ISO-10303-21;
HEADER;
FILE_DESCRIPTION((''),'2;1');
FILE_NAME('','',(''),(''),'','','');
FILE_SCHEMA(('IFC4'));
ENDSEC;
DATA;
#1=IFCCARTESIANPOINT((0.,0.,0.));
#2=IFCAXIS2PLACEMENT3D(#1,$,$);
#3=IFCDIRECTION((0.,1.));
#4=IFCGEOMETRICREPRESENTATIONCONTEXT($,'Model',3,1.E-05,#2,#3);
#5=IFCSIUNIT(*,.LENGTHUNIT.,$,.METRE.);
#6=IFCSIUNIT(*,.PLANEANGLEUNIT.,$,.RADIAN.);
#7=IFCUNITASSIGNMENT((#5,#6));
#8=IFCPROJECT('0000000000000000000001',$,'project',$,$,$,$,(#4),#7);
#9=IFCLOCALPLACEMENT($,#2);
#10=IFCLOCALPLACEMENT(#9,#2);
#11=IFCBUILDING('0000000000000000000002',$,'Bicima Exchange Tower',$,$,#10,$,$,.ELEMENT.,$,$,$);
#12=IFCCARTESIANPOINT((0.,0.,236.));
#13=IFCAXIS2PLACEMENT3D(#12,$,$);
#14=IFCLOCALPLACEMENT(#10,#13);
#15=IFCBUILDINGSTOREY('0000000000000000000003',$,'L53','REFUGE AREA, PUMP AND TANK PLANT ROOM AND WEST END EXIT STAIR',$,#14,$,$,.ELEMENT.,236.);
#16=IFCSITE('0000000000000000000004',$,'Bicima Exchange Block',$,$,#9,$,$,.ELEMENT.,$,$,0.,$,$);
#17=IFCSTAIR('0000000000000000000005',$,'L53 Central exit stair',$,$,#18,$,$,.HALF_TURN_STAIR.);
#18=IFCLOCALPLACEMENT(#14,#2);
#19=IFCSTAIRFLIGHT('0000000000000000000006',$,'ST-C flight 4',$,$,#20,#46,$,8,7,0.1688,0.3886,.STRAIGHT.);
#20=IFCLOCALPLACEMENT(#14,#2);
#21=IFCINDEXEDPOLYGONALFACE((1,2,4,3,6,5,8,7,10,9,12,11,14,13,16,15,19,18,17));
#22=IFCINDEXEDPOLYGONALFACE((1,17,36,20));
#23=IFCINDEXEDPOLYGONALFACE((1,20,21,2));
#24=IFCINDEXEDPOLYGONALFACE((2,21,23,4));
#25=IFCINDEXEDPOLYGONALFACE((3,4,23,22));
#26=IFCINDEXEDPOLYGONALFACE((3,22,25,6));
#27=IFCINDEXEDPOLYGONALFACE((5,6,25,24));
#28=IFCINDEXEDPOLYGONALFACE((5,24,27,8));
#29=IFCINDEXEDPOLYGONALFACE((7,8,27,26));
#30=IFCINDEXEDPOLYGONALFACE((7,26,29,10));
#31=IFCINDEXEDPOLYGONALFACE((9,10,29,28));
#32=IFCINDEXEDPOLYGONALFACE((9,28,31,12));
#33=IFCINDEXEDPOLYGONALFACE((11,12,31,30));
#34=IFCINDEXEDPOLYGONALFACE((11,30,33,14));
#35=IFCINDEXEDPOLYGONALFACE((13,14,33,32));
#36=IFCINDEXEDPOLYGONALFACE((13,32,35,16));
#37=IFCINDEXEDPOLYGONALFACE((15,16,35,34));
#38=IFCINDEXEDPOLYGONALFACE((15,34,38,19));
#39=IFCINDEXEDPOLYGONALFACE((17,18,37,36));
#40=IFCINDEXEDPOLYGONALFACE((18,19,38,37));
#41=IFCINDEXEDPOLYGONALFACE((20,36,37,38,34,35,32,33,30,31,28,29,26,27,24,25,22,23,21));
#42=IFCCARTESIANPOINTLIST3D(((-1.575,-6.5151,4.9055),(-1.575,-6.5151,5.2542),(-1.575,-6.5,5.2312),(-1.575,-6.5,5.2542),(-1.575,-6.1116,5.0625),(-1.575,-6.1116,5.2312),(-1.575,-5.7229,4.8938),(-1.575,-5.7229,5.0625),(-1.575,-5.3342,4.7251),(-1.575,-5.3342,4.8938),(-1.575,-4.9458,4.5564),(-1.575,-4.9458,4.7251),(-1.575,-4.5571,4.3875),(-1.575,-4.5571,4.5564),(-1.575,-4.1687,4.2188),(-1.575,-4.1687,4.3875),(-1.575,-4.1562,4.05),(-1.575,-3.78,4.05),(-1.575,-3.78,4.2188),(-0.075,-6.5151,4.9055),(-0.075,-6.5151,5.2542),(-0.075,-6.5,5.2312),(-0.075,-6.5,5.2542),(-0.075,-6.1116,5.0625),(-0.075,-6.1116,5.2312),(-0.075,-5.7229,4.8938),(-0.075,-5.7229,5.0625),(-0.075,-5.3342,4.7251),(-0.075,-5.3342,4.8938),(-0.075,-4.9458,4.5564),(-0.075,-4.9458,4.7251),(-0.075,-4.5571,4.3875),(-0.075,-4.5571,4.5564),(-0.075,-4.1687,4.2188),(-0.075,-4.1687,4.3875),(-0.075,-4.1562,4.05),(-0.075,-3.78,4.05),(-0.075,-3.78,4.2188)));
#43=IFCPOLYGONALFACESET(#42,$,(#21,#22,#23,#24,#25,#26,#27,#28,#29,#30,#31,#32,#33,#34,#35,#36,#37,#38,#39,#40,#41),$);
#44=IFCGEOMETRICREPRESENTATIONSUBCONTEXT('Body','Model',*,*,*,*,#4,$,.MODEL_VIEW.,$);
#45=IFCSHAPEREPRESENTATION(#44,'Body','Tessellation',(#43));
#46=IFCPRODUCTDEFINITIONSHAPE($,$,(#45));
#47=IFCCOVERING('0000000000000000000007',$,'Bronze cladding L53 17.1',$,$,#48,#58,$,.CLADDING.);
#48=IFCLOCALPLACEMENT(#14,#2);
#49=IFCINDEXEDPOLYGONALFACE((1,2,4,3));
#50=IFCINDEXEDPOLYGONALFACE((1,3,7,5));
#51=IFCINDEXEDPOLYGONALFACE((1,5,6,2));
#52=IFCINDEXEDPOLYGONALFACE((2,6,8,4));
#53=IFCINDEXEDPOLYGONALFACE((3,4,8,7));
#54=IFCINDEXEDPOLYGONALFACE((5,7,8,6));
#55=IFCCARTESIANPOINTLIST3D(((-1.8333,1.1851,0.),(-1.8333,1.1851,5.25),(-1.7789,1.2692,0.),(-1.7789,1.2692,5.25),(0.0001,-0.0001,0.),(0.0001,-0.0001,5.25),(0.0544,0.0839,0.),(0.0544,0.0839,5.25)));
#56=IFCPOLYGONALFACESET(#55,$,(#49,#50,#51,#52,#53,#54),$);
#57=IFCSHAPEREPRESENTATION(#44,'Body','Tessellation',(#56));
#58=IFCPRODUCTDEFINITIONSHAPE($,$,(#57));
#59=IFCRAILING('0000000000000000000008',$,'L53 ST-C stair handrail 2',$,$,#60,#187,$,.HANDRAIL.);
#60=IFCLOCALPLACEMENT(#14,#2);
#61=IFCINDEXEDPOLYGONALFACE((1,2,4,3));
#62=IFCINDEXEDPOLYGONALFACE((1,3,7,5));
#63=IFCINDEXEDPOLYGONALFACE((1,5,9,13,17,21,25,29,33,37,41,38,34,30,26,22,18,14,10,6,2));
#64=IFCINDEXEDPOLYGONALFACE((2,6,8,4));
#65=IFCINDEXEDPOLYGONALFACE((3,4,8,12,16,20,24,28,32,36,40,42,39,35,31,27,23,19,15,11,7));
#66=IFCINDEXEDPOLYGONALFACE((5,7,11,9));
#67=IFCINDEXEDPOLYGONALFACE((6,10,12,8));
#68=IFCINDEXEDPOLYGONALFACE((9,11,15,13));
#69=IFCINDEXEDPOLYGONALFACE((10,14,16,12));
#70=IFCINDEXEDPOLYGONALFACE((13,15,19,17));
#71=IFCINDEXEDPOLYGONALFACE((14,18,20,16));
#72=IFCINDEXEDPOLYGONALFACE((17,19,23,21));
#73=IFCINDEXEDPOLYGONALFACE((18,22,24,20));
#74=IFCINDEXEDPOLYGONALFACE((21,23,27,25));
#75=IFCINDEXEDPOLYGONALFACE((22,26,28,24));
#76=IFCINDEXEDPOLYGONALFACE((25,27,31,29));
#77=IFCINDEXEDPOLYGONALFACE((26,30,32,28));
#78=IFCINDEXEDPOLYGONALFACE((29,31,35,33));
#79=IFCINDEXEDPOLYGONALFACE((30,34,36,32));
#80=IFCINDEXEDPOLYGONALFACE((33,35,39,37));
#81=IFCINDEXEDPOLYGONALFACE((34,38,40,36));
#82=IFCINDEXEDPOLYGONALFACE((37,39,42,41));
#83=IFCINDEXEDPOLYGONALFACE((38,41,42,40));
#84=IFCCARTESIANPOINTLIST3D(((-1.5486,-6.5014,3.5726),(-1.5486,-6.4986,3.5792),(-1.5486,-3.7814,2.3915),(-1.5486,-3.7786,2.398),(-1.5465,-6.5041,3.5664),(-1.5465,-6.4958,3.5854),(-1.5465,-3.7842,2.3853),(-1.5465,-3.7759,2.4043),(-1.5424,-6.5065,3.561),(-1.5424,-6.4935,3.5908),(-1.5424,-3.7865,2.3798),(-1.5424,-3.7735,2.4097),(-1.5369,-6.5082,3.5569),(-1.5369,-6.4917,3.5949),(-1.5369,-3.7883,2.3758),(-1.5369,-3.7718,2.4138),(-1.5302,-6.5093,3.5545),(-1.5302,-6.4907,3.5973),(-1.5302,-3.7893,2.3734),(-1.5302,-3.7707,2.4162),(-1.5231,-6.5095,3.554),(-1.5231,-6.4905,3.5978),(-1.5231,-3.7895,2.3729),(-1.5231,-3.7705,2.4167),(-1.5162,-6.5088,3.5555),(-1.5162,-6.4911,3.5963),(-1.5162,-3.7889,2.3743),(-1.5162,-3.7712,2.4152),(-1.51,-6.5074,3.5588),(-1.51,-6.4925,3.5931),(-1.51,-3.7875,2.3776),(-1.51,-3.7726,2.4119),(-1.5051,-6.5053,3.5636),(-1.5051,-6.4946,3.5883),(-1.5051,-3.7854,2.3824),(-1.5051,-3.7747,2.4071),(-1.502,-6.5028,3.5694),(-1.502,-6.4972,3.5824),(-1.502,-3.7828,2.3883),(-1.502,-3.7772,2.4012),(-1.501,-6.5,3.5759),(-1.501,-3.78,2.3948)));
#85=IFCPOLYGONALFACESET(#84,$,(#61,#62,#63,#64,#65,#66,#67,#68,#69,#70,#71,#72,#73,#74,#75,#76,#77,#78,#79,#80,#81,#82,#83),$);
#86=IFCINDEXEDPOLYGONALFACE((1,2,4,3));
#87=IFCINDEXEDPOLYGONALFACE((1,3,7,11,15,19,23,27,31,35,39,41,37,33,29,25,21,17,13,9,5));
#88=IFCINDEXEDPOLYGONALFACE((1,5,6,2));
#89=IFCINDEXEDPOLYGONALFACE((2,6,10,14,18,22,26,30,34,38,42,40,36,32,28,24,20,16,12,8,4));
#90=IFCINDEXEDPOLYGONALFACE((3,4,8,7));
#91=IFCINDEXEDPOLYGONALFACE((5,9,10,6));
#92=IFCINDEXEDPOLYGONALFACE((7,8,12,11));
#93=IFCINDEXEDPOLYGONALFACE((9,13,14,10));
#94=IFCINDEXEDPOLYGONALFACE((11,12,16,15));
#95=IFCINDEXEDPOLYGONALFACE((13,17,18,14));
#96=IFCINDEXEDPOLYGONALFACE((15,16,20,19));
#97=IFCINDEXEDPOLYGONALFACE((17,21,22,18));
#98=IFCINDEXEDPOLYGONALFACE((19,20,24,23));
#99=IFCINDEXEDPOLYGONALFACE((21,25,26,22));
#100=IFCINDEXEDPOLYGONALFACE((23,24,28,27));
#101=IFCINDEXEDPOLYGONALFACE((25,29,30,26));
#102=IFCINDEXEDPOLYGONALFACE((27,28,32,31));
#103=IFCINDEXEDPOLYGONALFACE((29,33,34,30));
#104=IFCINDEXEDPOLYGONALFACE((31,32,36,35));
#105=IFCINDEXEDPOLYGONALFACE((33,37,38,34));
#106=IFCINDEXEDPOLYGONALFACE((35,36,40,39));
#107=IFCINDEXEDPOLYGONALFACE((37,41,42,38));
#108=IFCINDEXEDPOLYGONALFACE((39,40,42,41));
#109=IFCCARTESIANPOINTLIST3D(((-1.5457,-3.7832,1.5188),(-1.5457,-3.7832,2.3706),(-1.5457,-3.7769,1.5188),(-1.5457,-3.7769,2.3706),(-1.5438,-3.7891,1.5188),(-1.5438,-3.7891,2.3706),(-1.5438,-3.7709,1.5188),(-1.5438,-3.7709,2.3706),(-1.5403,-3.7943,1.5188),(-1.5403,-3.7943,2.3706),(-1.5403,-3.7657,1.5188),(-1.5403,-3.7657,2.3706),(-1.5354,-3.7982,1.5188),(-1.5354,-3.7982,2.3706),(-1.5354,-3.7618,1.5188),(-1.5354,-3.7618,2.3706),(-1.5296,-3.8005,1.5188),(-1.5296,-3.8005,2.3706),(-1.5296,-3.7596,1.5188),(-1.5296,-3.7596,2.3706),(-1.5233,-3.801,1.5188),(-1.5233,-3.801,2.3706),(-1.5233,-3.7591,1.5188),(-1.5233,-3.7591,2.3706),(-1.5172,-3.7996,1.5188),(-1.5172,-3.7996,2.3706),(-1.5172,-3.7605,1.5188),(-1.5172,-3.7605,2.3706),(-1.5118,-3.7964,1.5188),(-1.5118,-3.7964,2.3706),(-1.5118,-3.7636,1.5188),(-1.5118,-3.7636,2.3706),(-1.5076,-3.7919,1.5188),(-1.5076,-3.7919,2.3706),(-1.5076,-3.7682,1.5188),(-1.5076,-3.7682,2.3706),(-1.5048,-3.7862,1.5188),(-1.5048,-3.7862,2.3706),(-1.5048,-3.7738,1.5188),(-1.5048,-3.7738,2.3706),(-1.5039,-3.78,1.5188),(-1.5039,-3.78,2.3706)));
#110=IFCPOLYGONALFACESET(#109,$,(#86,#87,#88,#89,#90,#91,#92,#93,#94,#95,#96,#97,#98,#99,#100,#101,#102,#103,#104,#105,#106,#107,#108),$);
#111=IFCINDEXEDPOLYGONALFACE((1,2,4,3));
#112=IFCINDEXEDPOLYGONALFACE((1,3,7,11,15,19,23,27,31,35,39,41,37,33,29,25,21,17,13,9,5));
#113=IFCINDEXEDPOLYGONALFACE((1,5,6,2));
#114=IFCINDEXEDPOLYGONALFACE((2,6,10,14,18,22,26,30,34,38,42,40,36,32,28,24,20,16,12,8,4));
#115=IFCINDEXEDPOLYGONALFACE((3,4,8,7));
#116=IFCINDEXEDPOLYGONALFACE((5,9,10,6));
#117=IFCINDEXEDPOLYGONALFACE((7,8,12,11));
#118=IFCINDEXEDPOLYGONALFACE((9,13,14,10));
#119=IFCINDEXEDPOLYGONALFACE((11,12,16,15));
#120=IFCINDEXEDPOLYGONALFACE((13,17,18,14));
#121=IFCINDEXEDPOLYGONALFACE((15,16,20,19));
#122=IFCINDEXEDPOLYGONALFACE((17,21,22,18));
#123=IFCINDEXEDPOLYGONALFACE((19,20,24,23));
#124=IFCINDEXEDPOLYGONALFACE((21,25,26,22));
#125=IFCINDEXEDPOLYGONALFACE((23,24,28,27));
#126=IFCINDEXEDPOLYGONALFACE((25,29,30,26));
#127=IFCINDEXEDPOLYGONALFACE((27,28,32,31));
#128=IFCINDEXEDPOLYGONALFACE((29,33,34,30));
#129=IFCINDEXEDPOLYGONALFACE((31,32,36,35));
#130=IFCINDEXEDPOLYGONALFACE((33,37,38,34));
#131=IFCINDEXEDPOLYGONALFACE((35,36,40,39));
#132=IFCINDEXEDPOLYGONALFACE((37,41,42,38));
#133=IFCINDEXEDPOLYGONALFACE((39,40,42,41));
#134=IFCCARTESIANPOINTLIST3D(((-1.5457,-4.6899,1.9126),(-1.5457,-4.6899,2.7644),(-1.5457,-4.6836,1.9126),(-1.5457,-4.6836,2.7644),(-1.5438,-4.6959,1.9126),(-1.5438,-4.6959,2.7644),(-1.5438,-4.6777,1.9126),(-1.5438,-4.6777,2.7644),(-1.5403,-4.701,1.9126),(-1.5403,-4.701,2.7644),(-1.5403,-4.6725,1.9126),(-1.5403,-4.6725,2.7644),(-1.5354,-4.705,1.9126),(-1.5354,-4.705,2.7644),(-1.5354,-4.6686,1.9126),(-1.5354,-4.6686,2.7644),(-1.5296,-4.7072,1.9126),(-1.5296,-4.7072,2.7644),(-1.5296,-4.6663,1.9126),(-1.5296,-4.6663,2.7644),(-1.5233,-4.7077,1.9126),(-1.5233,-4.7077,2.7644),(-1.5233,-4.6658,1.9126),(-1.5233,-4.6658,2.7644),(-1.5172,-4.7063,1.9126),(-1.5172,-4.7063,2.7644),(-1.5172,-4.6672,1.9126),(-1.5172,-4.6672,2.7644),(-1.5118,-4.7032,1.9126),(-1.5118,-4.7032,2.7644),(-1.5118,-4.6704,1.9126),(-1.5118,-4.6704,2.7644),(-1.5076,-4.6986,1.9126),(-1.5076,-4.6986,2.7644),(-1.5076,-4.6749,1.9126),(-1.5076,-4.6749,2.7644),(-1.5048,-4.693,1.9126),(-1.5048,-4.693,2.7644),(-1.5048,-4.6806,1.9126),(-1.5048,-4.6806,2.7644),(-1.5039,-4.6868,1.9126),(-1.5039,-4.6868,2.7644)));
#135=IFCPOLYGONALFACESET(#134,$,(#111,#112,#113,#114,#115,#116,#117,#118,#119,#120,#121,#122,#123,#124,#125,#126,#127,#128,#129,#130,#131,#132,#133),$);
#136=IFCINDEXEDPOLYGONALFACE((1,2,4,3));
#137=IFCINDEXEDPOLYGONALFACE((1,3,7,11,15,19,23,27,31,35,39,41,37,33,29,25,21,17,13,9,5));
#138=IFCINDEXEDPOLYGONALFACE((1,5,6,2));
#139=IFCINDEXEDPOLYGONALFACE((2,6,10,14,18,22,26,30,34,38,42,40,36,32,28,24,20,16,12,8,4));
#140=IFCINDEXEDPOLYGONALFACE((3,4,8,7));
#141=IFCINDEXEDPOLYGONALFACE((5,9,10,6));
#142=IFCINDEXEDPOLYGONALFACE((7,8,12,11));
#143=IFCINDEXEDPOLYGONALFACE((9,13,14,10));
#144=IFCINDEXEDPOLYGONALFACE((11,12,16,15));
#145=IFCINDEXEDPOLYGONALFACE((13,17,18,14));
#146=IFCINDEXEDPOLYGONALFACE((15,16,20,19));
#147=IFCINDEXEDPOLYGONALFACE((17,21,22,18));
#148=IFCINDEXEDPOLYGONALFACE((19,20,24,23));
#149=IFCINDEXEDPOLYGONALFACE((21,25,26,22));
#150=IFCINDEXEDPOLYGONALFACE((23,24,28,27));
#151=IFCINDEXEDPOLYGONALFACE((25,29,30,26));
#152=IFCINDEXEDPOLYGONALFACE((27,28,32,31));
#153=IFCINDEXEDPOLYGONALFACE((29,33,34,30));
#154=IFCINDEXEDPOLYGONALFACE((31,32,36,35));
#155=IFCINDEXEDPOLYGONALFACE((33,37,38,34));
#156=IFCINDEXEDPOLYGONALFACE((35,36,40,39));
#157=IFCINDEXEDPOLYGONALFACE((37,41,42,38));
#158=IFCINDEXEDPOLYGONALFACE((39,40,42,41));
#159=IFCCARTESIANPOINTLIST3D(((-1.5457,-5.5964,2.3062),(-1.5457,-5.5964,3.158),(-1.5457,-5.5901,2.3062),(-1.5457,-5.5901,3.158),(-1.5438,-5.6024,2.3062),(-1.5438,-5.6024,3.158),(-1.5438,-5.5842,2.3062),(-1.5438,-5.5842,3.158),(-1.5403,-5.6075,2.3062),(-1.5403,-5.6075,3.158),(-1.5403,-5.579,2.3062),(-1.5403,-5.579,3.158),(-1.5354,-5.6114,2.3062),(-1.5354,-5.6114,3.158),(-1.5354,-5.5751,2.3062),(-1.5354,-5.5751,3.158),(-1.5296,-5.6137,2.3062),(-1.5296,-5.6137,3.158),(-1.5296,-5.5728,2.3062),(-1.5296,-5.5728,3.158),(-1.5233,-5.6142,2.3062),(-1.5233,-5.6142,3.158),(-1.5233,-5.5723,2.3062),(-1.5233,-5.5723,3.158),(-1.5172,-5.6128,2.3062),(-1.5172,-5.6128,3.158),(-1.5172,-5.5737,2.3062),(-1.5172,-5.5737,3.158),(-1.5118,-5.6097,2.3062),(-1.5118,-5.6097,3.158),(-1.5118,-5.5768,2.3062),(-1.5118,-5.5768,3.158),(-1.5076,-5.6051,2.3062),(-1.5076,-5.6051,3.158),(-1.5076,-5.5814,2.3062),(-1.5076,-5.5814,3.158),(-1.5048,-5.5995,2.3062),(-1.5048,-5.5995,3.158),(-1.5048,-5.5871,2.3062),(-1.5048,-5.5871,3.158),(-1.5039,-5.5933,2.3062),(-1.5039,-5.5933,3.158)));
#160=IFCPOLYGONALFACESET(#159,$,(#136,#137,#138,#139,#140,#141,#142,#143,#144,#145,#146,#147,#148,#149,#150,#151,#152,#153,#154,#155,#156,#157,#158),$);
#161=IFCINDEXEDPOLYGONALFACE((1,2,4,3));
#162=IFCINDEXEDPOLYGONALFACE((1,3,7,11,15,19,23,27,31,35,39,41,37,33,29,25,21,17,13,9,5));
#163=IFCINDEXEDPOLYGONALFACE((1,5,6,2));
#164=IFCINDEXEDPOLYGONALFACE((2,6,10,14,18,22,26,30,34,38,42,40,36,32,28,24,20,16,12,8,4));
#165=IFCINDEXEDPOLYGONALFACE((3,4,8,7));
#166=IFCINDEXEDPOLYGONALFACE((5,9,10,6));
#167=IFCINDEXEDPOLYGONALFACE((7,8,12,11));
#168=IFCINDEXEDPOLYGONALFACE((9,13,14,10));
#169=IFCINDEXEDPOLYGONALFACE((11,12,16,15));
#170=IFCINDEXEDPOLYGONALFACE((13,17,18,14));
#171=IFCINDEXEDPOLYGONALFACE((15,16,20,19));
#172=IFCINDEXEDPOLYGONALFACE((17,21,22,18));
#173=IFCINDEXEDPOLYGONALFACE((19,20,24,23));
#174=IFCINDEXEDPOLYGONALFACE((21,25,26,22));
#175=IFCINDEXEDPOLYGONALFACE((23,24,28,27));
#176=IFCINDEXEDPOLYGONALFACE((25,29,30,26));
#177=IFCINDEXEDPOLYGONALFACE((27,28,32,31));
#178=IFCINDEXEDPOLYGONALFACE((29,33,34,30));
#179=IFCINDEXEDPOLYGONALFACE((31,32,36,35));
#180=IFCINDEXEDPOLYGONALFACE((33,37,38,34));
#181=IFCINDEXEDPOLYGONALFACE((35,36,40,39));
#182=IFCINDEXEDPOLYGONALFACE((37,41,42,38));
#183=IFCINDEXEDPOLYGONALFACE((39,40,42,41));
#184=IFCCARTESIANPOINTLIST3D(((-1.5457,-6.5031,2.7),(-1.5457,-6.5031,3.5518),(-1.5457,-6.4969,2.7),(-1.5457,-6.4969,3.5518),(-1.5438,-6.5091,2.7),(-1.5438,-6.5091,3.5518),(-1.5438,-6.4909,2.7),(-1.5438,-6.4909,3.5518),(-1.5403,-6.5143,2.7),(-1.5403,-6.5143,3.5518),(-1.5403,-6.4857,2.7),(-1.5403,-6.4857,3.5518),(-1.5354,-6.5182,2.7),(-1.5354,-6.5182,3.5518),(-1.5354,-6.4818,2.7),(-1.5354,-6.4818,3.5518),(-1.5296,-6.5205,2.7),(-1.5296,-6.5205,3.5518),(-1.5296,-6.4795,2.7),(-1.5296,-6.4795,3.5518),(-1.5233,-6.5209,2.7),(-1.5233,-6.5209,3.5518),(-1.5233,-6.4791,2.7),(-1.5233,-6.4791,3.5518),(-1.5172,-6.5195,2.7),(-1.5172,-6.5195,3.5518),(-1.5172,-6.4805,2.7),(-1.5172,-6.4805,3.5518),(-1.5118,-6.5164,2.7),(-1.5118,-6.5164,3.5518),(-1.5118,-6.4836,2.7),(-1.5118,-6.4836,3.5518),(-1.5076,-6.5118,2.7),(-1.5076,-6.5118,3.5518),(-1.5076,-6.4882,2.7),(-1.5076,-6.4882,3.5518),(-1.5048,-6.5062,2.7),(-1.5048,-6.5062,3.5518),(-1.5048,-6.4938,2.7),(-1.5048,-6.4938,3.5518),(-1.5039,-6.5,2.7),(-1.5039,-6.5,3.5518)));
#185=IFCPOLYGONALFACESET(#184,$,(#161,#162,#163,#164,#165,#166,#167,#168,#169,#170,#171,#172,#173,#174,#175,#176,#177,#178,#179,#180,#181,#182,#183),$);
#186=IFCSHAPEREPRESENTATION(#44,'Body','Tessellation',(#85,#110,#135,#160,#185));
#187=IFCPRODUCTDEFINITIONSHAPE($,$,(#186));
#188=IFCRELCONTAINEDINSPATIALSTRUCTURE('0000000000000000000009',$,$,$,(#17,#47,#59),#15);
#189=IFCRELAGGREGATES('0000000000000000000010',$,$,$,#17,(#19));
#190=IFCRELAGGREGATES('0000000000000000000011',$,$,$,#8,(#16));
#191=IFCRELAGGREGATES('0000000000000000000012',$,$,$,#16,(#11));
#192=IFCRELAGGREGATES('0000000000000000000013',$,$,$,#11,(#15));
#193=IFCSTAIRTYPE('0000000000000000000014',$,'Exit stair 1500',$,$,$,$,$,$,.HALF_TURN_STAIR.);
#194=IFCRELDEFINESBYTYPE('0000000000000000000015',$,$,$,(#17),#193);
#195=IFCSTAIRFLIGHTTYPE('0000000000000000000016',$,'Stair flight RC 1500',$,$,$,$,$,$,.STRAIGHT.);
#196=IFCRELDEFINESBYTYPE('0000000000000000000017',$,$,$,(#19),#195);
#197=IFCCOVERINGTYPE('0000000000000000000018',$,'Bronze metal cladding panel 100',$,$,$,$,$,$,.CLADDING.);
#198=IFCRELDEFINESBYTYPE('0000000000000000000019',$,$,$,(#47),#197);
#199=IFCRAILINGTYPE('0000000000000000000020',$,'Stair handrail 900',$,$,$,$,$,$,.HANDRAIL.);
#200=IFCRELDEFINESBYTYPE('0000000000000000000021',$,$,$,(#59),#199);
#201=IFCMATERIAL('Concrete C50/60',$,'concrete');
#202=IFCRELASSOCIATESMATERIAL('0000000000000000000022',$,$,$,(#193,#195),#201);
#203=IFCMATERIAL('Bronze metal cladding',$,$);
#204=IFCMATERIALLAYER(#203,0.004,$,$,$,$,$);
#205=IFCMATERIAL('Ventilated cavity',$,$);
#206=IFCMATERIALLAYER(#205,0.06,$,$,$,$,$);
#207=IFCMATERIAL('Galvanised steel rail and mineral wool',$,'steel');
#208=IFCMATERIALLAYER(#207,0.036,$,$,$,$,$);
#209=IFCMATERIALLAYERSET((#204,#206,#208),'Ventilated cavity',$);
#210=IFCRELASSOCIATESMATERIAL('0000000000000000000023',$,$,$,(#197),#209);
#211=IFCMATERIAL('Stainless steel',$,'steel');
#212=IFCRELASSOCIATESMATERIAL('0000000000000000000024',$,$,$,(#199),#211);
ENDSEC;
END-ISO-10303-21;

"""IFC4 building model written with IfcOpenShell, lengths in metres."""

from ifc_helpers import new_model, si_unit, direction, frame, origin, origin_2d, place, context, subcontext, project, spatial, polyline, rectangle, circle, outline, extrude, material, layer, layer_set, type_object, element, aggregate, save


model = new_model("IFC4")

# Units and contexts
model_context = context("Model", 3, precision=1e-05, world=origin(), true_north=direction((0.0, 1.0)))
body_context = subcontext(model_context, "Body", "Model", "MODEL_VIEW")
ifc_project = project(units=[si_unit("LENGTHUNIT", "METRE"), si_unit("PLANEANGLEUNIT", "RADIAN")], contexts=[model_context])

# Site, building, storey
site_placement = place(None, origin())
site = spatial("IfcSite", under=ifc_project, at=site_placement, Name="Bicima Exchange Block", CompositionType="ELEMENT", RefElevation=0.0)
building_placement = place(site_placement, origin())
building = spatial("IfcBuilding", under=site, at=building_placement, Name="Bicima Exchange Tower", CompositionType="ELEMENT")
storey_placement = place(building_placement, frame((0.0, 0.0, 236.0)))
storey = spatial("IfcBuildingStorey", under=building, at=storey_placement, Name="L53", Description="REFUGE AREA, PUMP AND TANK PLANT ROOM AND WEST END EXIT STAIR", CompositionType="ELEMENT", Elevation=236.0)

# Shared definitions
ifc_material_1 = material(Name="Concrete C50/60", Category="concrete")
ifc_material_2 = material(Name="Stainless steel", Category="steel")

# Stair, stair flight
stair_type = type_object("IfcStairType", Name="Exit stair 1500", PredefinedType="HALF_TURN_STAIR", material=ifc_material_1)
stair_placement = place(storey_placement, origin())
stair = element("IfcStair", 1, at=stair_placement, inside=storey, type_object=stair_type, Name="L53 Central exit stair", PredefinedType="HALF_TURN_STAIR")
stair_flight_type = type_object("IfcStairFlightType", Name="Stair flight RC 1500", PredefinedType="STRAIGHT", material=ifc_material_1)
stair_flight_1_placement = place(storey_placement, frame((-0.825, -3.78, 4.05), z_axis=(0.0, 0.0, 1.0), x_axis=(0.0, -1.0, 0.0)))
stair_flight_1 = element("IfcStairFlight", 2, at=stair_flight_1_placement, type_object=stair_flight_type, Name="ST-C flight 4", NumberOfRisers=8, NumberOfTreads=7, PredefinedType="STRAIGHT", RiserHeight=0.1688, TreadLength=0.3886, context=body_context, shape_type="SweptSolid", body=[
    extrude(outline(polyline([(0.0, 0.0), (0.0, 0.1687), (0.3887, 0.1687), (0.3887, 0.3374), (0.7771, 0.3374), (0.7771, 0.5063), (1.1658, 0.5063), (1.1658, 0.675), (1.5542, 0.675), (1.5542, 0.8438), (1.9429, 0.8438), (1.9429, 1.0125), (2.3315, 1.0125), (2.3315, 1.1812), (2.72, 1.1812), (2.72, 1.2041), (2.7351, 1.2041), (2.7351, 0.8555), (0.3762, 0.0), (0.0, 0.0)])), frame((0.0, 0.75, 0.0), z_axis=(0.0, -1.0, 0.0), x_axis=(1.0, 0.0, 0.0)), (0.0, 0.0, 1.0), 1.5),
])
aggregate(stair, [stair_flight_1])

# Covering
ifc_material_3 = material(Name="Bronze metal cladding")
ifc_layer_1 = layer(ifc_material_3, 0.004)
ifc_material_4 = material(Name="Ventilated cavity")
ifc_layer_2 = layer(ifc_material_4, 0.06)
ifc_material_5 = material(Name="Galvanised steel rail and mineral wool", Category="steel")
ifc_layer_3 = layer(ifc_material_5, 0.036)
ifc_layer_set_1 = layer_set([ifc_layer_1, ifc_layer_2, ifc_layer_3], Name="Ventilated cavity")
covering_type = type_object("IfcCoveringType", Name="Bronze metal cladding panel 100", PredefinedType="CLADDING", material=ifc_layer_set_1)
covering_placement = place(storey_placement, frame((-0.8894, 0.6345, 0.0), z_axis=(0.0, 0.0, 1.0), x_axis=(-0.83979, 0.542911, 0.0)))
element("IfcCovering", 3, at=covering_placement, inside=storey, type_object=covering_type, Name="Bronze cladding L53 17.1", PredefinedType="CLADDING", context=body_context, shape_type="SweptSolid", body=[
    extrude(rectangle(XDim=2.1831, YDim=0.1001, at=origin_2d()), origin(), (0.0, 0.0, 1.0), 5.25),
])

# Railing
railing_type = type_object("IfcRailingType", Name="Stair handrail 900", PredefinedType="HANDRAIL", material=ifc_material_2)
railing_1_placement = place(storey_placement, frame((-1.5249, -3.78, 1.5188)))
element("IfcRailing", 4, at=railing_1_placement, inside=storey, type_object=railing_type, Name="L53 ST-C stair handrail 2", PredefinedType="HANDRAIL", context=body_context, shape_type="SweptSolid", body=[
    extrude(circle(Radius=0.0239, at=origin_2d()), frame((0.0, 0.0, 0.876), z_axis=(0.0, -0.917248, 0.398317), x_axis=(1.0, 0.0, 0.0)), (0.0, 0.0, 1.0), 2.9653),
    extrude(circle(Radius=0.021, at=origin_2d()), origin(), (0.0, 0.0, 1.0), 0.8518),
    extrude(circle(Radius=0.021, at=origin_2d()), frame((0.0, -0.9067, 0.3938)), (0.0, 0.0, 1.0), 0.8518),
    extrude(circle(Radius=0.021, at=origin_2d()), frame((0.0, -1.8132, 0.7874)), (0.0, 0.0, 1.0), 0.8518),
    extrude(circle(Radius=0.021, at=origin_2d()), frame((0.0, -2.72, 1.1812)), (0.0, 0.0, 1.0), 0.8518),
])

save(model, "model.ifc")
